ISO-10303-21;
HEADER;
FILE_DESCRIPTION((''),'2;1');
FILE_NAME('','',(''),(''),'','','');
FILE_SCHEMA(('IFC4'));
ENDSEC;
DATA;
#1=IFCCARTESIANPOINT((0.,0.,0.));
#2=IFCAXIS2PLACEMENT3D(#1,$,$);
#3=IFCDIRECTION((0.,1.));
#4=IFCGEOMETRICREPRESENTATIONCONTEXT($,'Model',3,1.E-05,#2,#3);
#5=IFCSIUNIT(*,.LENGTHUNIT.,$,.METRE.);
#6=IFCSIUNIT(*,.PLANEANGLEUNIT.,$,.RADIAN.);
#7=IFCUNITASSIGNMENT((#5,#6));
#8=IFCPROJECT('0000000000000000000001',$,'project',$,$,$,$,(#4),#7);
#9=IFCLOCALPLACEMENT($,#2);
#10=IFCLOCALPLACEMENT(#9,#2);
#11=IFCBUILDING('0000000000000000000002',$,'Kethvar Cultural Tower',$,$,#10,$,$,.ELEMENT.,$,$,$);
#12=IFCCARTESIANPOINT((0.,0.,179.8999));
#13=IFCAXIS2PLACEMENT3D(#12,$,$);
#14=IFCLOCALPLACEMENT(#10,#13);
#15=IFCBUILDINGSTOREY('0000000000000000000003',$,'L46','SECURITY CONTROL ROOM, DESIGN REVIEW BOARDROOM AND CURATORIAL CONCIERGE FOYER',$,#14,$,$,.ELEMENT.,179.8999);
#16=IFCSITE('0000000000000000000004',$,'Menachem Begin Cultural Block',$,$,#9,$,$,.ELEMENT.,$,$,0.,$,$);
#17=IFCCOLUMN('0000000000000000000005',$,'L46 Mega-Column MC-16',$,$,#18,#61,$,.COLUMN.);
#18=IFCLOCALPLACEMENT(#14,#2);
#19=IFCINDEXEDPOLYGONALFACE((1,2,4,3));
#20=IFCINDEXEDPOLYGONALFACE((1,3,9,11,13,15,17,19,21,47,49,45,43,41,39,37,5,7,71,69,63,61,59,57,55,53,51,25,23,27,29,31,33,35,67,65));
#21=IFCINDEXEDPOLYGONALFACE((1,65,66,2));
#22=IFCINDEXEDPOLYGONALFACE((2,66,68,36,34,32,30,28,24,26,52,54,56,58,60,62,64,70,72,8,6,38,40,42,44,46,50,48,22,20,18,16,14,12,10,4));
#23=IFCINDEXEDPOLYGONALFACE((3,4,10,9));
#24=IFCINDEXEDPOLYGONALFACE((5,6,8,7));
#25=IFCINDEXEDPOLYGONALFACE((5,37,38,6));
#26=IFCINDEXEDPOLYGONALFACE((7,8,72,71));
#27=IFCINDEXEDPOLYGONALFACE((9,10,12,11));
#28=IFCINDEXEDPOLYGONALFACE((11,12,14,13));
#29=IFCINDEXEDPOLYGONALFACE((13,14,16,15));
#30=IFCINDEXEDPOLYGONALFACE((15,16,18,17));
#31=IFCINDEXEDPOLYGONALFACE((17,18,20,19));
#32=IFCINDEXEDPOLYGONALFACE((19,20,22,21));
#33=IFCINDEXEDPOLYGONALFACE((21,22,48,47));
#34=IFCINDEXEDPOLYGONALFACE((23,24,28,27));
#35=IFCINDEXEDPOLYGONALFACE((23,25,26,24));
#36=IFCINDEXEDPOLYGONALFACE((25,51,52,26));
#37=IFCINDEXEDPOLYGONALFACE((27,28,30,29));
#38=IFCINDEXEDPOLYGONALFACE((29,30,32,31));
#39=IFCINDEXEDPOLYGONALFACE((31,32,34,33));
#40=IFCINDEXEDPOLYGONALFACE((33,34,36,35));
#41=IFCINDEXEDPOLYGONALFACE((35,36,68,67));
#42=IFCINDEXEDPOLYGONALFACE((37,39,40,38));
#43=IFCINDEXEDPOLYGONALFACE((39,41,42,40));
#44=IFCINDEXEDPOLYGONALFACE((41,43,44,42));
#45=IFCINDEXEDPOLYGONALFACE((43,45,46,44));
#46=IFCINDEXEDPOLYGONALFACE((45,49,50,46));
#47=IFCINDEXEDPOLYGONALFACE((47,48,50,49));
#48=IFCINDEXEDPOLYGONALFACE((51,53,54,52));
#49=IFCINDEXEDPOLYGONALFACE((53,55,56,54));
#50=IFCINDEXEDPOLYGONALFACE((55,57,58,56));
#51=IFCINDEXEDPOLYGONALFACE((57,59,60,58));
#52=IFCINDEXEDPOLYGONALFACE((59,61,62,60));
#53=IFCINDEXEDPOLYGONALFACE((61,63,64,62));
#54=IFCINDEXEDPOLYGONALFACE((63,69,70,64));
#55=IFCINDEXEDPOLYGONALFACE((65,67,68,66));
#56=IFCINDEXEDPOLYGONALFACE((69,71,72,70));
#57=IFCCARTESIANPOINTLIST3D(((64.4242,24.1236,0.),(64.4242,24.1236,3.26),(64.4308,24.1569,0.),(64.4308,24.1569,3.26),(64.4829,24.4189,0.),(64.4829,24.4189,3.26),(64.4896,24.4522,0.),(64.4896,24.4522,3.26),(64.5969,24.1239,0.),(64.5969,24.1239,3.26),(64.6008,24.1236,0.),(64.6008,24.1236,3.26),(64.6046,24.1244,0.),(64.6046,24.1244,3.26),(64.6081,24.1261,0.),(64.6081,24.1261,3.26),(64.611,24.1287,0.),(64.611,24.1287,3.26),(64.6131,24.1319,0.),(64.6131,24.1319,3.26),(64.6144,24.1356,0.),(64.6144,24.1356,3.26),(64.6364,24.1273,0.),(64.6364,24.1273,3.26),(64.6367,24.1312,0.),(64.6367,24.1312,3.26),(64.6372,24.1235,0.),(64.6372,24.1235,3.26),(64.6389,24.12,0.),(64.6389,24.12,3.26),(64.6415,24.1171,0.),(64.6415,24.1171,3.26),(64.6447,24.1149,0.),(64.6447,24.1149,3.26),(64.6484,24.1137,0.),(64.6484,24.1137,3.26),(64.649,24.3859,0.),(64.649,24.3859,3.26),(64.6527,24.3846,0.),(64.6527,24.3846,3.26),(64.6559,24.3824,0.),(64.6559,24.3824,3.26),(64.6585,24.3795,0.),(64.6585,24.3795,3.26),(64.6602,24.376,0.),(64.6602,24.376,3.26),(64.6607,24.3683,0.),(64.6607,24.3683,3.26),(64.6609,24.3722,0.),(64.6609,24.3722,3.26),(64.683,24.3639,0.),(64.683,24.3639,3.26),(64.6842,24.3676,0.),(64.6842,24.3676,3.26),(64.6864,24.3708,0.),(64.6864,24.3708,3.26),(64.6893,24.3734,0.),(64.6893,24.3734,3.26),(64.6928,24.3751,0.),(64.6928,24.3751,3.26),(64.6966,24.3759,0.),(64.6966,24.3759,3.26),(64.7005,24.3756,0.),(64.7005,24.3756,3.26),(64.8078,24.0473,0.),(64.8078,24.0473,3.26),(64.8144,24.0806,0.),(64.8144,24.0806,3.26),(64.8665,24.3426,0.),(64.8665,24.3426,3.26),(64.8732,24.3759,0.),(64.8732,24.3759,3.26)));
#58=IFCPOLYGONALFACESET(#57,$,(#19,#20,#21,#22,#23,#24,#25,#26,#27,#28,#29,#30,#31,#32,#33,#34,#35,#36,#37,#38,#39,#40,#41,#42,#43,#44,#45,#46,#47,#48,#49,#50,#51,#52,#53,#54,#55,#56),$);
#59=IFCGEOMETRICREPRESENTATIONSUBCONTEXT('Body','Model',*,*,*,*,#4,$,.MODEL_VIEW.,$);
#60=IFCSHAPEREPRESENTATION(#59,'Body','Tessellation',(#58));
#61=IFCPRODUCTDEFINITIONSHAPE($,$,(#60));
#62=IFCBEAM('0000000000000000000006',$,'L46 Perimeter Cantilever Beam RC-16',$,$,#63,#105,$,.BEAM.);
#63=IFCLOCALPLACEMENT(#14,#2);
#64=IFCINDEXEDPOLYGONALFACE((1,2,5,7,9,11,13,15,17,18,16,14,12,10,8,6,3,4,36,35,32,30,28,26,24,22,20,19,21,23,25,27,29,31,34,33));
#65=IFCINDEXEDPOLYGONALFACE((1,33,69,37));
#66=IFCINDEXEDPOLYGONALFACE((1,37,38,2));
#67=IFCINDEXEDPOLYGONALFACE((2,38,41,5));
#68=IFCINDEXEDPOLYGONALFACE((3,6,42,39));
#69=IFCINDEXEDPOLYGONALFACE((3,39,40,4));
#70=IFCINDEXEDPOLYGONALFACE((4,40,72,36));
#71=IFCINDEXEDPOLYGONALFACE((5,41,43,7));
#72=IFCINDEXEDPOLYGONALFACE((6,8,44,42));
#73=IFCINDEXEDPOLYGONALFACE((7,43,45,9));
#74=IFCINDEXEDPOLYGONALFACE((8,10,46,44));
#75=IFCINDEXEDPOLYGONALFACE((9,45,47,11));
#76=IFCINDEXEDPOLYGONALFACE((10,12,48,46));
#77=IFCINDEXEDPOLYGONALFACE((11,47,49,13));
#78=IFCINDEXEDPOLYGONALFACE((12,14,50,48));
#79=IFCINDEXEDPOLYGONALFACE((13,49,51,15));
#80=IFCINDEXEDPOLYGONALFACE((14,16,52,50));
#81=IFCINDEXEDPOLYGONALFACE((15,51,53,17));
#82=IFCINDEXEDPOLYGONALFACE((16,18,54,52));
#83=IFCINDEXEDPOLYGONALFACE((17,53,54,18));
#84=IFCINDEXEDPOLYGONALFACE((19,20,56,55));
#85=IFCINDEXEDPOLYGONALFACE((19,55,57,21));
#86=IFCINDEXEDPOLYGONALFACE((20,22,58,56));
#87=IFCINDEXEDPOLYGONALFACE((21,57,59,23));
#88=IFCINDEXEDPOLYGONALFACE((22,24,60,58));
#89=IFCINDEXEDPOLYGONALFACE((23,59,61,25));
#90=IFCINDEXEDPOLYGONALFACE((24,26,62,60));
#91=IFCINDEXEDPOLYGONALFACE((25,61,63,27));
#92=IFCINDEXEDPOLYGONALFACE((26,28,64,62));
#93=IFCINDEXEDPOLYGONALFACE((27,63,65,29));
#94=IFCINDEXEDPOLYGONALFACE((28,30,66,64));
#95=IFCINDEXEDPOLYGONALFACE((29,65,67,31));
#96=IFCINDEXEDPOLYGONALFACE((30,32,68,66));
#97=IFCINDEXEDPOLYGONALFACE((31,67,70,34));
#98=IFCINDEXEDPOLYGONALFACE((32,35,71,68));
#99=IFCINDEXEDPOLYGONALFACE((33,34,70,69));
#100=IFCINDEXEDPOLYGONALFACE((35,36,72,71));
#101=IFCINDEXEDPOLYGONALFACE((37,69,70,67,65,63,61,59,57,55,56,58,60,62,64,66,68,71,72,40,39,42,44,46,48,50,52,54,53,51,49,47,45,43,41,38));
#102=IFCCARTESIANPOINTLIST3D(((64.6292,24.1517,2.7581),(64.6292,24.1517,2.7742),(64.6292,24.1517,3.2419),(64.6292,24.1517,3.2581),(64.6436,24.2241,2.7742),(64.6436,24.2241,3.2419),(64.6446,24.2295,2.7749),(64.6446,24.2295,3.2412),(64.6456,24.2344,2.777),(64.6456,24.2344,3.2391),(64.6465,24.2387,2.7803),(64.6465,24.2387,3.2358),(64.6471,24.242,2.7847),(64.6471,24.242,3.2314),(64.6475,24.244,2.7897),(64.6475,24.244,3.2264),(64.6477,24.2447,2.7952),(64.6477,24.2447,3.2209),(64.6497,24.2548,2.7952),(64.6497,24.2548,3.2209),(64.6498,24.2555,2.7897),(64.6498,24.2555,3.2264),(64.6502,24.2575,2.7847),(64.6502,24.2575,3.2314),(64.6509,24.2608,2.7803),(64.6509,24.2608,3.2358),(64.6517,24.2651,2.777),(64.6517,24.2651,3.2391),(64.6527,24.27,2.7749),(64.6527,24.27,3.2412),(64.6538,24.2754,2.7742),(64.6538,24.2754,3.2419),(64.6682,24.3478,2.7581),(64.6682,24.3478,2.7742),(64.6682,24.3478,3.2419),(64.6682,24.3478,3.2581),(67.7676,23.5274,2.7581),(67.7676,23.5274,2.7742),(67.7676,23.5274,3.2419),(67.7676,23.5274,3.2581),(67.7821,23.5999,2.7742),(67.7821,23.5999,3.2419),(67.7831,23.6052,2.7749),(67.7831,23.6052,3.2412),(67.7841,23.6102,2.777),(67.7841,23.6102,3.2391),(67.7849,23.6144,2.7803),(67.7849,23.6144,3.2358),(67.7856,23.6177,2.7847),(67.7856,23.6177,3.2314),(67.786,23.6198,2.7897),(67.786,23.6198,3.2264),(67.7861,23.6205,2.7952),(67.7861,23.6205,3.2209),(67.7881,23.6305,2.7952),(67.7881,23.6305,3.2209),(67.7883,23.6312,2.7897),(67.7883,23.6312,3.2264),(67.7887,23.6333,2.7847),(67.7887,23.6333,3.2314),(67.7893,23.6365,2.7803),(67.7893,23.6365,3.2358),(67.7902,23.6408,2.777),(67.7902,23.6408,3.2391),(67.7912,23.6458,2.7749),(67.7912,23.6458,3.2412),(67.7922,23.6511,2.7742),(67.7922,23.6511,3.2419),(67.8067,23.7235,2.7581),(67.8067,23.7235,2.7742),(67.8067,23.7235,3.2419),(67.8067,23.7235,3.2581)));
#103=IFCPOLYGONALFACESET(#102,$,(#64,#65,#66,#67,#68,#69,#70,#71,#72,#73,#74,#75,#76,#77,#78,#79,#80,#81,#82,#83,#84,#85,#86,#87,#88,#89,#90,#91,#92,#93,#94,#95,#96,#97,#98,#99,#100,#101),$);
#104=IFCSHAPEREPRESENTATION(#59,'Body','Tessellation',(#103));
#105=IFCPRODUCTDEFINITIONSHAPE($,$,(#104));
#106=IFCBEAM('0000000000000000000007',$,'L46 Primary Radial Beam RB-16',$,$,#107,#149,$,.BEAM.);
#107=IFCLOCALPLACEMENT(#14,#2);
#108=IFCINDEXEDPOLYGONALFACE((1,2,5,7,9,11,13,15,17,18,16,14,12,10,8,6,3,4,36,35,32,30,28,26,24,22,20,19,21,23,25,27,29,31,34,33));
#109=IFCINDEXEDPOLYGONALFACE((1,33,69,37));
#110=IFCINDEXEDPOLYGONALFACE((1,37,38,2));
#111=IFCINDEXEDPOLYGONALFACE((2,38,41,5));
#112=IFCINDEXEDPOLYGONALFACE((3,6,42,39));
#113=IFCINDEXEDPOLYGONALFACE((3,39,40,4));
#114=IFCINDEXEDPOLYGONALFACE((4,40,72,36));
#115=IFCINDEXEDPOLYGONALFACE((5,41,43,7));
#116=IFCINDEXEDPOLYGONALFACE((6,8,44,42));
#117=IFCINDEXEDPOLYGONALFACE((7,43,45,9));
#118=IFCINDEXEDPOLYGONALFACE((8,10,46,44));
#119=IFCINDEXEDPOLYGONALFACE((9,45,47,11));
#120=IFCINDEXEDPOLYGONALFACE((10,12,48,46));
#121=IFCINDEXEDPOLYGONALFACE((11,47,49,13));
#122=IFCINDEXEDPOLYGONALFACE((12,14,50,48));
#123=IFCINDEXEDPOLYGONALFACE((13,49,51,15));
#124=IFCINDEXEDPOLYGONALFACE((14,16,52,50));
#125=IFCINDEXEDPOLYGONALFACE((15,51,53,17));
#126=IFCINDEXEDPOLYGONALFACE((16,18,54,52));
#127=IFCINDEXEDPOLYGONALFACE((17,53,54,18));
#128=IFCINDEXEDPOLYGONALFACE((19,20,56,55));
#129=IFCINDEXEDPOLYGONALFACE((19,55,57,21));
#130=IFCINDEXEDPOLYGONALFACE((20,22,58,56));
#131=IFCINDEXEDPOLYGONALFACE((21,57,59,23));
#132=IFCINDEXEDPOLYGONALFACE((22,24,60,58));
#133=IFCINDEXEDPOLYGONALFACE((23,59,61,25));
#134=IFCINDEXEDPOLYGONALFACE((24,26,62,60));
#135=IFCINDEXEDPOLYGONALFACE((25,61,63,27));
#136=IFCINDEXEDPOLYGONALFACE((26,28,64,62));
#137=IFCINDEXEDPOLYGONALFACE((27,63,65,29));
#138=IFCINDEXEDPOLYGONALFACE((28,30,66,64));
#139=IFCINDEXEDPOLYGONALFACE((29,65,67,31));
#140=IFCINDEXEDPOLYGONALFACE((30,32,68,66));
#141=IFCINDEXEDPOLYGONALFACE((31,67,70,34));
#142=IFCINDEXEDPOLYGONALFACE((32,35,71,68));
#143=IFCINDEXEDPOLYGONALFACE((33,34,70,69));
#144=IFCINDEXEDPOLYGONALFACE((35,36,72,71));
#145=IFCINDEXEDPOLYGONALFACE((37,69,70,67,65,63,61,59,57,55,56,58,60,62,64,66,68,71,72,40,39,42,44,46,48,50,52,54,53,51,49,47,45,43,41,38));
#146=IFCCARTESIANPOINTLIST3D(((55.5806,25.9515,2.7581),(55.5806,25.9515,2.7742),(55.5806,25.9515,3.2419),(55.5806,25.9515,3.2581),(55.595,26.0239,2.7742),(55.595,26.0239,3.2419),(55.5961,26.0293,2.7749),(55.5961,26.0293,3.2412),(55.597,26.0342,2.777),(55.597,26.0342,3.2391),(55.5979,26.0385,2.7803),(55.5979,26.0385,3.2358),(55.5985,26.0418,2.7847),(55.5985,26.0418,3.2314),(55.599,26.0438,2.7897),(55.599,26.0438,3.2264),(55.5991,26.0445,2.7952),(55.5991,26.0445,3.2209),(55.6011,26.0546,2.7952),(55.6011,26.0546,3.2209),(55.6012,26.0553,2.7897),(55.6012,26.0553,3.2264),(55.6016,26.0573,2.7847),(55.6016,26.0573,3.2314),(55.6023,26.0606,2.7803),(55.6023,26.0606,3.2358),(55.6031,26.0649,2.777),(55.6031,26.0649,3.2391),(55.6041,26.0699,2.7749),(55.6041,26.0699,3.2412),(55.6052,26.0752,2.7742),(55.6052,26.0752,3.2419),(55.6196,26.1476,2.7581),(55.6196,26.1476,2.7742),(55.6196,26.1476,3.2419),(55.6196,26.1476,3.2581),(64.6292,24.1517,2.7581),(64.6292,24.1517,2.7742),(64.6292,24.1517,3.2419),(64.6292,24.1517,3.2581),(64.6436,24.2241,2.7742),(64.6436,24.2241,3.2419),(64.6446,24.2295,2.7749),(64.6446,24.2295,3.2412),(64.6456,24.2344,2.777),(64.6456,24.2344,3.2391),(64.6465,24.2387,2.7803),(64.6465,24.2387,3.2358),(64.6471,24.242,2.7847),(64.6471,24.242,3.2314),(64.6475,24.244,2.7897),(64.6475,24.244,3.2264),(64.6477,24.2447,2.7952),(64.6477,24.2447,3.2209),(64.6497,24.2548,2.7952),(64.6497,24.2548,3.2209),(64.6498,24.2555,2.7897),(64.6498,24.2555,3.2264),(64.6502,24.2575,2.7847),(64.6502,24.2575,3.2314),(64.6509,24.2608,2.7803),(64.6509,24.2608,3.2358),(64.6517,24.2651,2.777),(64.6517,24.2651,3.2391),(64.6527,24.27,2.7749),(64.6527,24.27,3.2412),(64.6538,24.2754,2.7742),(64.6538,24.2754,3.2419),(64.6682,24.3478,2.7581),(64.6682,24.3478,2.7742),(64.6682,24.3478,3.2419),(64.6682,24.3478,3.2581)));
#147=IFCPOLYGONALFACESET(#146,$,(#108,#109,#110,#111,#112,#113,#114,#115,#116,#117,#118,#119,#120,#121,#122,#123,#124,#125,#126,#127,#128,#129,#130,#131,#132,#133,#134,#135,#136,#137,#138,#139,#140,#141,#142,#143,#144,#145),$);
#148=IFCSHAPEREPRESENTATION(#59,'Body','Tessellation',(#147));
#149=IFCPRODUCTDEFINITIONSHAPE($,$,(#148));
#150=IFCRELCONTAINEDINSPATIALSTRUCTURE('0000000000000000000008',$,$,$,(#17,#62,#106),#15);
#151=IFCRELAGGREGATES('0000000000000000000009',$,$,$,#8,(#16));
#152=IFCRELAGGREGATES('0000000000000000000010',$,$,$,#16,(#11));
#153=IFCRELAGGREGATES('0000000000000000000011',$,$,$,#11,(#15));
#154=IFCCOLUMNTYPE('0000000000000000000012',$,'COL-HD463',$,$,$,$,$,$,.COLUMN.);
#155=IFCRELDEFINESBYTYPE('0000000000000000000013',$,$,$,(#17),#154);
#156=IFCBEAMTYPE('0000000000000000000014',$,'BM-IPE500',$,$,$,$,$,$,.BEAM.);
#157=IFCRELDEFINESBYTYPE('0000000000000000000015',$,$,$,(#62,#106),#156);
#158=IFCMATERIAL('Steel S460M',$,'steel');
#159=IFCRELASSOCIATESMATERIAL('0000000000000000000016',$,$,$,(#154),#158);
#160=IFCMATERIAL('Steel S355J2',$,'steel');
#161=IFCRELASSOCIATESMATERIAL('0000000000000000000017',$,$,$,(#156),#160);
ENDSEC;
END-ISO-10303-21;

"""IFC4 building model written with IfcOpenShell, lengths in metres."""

from ifc_helpers import new_model, si_unit, direction, frame, origin, origin_2d, place, context, subcontext, project, spatial, i_section, extrude, source, transform, mapped, material, material_profile, profile_set, type_object, element, save


model = new_model("IFC4")

# Units and contexts
model_context = context("Model", 3, precision=1e-05, world=origin(), true_north=direction((0.0, 1.0)))
body_context = subcontext(model_context, "Body", "Model", "MODEL_VIEW")
ifc_project = project(units=[si_unit("LENGTHUNIT", "METRE"), si_unit("PLANEANGLEUNIT", "RADIAN")], contexts=[model_context])

# Site, building, storey
site_placement = place(None, origin())
site = spatial("IfcSite", under=ifc_project, at=site_placement, Name="Menachem Begin Cultural Block", CompositionType="ELEMENT", RefElevation=0.0)
building_placement = place(site_placement, origin())
building = spatial("IfcBuilding", under=site, at=building_placement, Name="Kethvar Cultural Tower", CompositionType="ELEMENT")
storey_placement = place(building_placement, frame((0.0, 0.0, 179.8999)))
storey = spatial("IfcBuildingStorey", under=building, at=storey_placement, Name="L46", Description="SECURITY CONTROL ROOM, DESIGN REVIEW BOARDROOM AND CURATORIAL CONCIERGE FOYER", CompositionType="ELEMENT", Elevation=179.8999)

# Column
ifc_material_1 = material(Name="Steel S460M", Category="steel")
ifc_material_profile_1 = material_profile(ifc_material_1, i_section(OverallWidth=0.3911, OverallDepth=0.335, WebThickness=0.0227, FlangeThickness=0.0339, FilletRadius=0.0149, at=origin_2d()), Name="Steel S460M — HD400x463")
ifc_profile_set_1 = profile_set([ifc_material_profile_1], Name="Steel S460M — HD400x463")
column_type = type_object("IfcColumnType", Name="COL-HD463", PredefinedType="COLUMN", material=ifc_profile_set_1)
shared_shape_1 = source(origin(), body_context, "Body", "SweptSolid", [
    extrude(i_section(OverallWidth=0.3911, OverallDepth=0.335, WebThickness=0.0227, FlangeThickness=0.0339, FilletRadius=0.0149, at=origin_2d()), origin(), (0.0, 0.0, 1.0), 3.26),
])
column_placement = place(storey_placement, frame((64.6487, 24.2498, 0.0), z_axis=(0.0, 0.0, 1.0), x_axis=(0.980785, -0.19509, 0.0)))
element("IfcColumn", 1, at=column_placement, inside=storey, type_object=column_type, Name="L46 Mega-Column MC-16", PredefinedType="COLUMN", context=body_context, shape_type="MappedRepresentation", body=[
    mapped(shared_shape_1, transform((0.0, 0.0, 0.0), scale=1.0)),
])

# Beams
ifc_material_2 = material(Name="Steel S355J2", Category="steel")
ifc_material_profile_2 = material_profile(ifc_material_2, i_section(OverallWidth=0.2, OverallDepth=0.5, WebThickness=0.0103, FlangeThickness=0.0161, FilletRadius=0.021, at=origin_2d()), Name="Steel S355J2 — IPE500")
ifc_profile_set_2 = profile_set([ifc_material_profile_2], Name="Steel S355J2 — IPE500")
beam_type_1 = type_object("IfcBeamType", Name="BM-IPE500", PredefinedType="BEAM", material=ifc_profile_set_2)
shared_shape_2 = source(origin(), body_context, "Body", "SweptSolid", [
    extrude(i_section(OverallWidth=0.2, OverallDepth=0.5, WebThickness=0.0103, FlangeThickness=0.0161, FilletRadius=0.021, at=origin_2d()), origin(), (0.0, 0.0, 1.0), 3.2),
])
beam_1_placement = place(storey_placement, frame((64.6487, 24.2498, 3.0081), z_axis=(0.980786, -0.195089, 0.0), x_axis=(0.195089, 0.980786, 0.0)))
element("IfcBeam", 2, at=beam_1_placement, inside=storey, type_object=beam_type_1, Name="L46 Perimeter Cantilever Beam RC-16", PredefinedType="BEAM", context=body_context, shape_type="MappedRepresentation", body=[
    mapped(shared_shape_2, transform((0.0, 0.0, 0.0), scale=1.0)),
])
shared_shape_3 = source(origin(), body_context, "Body", "SweptSolid", [
    extrude(i_section(OverallWidth=0.2, OverallDepth=0.5, WebThickness=0.0103, FlangeThickness=0.0161, FilletRadius=0.021, at=origin_2d()), origin(), (0.0, 0.0, 1.0), 9.2258),
])
beam_2_placement = place(storey_placement, frame((55.6001, 26.0496, 3.0081), z_axis=(0.980787, -0.195083, 0.0), x_axis=(0.195083, 0.980787, 0.0)))
element("IfcBeam", 3, at=beam_2_placement, inside=storey, type_object=beam_type_1, Name="L46 Primary Radial Beam RB-16", PredefinedType="BEAM", context=body_context, shape_type="MappedRepresentation", body=[
    mapped(shared_shape_3, transform((0.0, 0.0, 0.0), scale=1.0)),
])

save(model, "model.ifc")
